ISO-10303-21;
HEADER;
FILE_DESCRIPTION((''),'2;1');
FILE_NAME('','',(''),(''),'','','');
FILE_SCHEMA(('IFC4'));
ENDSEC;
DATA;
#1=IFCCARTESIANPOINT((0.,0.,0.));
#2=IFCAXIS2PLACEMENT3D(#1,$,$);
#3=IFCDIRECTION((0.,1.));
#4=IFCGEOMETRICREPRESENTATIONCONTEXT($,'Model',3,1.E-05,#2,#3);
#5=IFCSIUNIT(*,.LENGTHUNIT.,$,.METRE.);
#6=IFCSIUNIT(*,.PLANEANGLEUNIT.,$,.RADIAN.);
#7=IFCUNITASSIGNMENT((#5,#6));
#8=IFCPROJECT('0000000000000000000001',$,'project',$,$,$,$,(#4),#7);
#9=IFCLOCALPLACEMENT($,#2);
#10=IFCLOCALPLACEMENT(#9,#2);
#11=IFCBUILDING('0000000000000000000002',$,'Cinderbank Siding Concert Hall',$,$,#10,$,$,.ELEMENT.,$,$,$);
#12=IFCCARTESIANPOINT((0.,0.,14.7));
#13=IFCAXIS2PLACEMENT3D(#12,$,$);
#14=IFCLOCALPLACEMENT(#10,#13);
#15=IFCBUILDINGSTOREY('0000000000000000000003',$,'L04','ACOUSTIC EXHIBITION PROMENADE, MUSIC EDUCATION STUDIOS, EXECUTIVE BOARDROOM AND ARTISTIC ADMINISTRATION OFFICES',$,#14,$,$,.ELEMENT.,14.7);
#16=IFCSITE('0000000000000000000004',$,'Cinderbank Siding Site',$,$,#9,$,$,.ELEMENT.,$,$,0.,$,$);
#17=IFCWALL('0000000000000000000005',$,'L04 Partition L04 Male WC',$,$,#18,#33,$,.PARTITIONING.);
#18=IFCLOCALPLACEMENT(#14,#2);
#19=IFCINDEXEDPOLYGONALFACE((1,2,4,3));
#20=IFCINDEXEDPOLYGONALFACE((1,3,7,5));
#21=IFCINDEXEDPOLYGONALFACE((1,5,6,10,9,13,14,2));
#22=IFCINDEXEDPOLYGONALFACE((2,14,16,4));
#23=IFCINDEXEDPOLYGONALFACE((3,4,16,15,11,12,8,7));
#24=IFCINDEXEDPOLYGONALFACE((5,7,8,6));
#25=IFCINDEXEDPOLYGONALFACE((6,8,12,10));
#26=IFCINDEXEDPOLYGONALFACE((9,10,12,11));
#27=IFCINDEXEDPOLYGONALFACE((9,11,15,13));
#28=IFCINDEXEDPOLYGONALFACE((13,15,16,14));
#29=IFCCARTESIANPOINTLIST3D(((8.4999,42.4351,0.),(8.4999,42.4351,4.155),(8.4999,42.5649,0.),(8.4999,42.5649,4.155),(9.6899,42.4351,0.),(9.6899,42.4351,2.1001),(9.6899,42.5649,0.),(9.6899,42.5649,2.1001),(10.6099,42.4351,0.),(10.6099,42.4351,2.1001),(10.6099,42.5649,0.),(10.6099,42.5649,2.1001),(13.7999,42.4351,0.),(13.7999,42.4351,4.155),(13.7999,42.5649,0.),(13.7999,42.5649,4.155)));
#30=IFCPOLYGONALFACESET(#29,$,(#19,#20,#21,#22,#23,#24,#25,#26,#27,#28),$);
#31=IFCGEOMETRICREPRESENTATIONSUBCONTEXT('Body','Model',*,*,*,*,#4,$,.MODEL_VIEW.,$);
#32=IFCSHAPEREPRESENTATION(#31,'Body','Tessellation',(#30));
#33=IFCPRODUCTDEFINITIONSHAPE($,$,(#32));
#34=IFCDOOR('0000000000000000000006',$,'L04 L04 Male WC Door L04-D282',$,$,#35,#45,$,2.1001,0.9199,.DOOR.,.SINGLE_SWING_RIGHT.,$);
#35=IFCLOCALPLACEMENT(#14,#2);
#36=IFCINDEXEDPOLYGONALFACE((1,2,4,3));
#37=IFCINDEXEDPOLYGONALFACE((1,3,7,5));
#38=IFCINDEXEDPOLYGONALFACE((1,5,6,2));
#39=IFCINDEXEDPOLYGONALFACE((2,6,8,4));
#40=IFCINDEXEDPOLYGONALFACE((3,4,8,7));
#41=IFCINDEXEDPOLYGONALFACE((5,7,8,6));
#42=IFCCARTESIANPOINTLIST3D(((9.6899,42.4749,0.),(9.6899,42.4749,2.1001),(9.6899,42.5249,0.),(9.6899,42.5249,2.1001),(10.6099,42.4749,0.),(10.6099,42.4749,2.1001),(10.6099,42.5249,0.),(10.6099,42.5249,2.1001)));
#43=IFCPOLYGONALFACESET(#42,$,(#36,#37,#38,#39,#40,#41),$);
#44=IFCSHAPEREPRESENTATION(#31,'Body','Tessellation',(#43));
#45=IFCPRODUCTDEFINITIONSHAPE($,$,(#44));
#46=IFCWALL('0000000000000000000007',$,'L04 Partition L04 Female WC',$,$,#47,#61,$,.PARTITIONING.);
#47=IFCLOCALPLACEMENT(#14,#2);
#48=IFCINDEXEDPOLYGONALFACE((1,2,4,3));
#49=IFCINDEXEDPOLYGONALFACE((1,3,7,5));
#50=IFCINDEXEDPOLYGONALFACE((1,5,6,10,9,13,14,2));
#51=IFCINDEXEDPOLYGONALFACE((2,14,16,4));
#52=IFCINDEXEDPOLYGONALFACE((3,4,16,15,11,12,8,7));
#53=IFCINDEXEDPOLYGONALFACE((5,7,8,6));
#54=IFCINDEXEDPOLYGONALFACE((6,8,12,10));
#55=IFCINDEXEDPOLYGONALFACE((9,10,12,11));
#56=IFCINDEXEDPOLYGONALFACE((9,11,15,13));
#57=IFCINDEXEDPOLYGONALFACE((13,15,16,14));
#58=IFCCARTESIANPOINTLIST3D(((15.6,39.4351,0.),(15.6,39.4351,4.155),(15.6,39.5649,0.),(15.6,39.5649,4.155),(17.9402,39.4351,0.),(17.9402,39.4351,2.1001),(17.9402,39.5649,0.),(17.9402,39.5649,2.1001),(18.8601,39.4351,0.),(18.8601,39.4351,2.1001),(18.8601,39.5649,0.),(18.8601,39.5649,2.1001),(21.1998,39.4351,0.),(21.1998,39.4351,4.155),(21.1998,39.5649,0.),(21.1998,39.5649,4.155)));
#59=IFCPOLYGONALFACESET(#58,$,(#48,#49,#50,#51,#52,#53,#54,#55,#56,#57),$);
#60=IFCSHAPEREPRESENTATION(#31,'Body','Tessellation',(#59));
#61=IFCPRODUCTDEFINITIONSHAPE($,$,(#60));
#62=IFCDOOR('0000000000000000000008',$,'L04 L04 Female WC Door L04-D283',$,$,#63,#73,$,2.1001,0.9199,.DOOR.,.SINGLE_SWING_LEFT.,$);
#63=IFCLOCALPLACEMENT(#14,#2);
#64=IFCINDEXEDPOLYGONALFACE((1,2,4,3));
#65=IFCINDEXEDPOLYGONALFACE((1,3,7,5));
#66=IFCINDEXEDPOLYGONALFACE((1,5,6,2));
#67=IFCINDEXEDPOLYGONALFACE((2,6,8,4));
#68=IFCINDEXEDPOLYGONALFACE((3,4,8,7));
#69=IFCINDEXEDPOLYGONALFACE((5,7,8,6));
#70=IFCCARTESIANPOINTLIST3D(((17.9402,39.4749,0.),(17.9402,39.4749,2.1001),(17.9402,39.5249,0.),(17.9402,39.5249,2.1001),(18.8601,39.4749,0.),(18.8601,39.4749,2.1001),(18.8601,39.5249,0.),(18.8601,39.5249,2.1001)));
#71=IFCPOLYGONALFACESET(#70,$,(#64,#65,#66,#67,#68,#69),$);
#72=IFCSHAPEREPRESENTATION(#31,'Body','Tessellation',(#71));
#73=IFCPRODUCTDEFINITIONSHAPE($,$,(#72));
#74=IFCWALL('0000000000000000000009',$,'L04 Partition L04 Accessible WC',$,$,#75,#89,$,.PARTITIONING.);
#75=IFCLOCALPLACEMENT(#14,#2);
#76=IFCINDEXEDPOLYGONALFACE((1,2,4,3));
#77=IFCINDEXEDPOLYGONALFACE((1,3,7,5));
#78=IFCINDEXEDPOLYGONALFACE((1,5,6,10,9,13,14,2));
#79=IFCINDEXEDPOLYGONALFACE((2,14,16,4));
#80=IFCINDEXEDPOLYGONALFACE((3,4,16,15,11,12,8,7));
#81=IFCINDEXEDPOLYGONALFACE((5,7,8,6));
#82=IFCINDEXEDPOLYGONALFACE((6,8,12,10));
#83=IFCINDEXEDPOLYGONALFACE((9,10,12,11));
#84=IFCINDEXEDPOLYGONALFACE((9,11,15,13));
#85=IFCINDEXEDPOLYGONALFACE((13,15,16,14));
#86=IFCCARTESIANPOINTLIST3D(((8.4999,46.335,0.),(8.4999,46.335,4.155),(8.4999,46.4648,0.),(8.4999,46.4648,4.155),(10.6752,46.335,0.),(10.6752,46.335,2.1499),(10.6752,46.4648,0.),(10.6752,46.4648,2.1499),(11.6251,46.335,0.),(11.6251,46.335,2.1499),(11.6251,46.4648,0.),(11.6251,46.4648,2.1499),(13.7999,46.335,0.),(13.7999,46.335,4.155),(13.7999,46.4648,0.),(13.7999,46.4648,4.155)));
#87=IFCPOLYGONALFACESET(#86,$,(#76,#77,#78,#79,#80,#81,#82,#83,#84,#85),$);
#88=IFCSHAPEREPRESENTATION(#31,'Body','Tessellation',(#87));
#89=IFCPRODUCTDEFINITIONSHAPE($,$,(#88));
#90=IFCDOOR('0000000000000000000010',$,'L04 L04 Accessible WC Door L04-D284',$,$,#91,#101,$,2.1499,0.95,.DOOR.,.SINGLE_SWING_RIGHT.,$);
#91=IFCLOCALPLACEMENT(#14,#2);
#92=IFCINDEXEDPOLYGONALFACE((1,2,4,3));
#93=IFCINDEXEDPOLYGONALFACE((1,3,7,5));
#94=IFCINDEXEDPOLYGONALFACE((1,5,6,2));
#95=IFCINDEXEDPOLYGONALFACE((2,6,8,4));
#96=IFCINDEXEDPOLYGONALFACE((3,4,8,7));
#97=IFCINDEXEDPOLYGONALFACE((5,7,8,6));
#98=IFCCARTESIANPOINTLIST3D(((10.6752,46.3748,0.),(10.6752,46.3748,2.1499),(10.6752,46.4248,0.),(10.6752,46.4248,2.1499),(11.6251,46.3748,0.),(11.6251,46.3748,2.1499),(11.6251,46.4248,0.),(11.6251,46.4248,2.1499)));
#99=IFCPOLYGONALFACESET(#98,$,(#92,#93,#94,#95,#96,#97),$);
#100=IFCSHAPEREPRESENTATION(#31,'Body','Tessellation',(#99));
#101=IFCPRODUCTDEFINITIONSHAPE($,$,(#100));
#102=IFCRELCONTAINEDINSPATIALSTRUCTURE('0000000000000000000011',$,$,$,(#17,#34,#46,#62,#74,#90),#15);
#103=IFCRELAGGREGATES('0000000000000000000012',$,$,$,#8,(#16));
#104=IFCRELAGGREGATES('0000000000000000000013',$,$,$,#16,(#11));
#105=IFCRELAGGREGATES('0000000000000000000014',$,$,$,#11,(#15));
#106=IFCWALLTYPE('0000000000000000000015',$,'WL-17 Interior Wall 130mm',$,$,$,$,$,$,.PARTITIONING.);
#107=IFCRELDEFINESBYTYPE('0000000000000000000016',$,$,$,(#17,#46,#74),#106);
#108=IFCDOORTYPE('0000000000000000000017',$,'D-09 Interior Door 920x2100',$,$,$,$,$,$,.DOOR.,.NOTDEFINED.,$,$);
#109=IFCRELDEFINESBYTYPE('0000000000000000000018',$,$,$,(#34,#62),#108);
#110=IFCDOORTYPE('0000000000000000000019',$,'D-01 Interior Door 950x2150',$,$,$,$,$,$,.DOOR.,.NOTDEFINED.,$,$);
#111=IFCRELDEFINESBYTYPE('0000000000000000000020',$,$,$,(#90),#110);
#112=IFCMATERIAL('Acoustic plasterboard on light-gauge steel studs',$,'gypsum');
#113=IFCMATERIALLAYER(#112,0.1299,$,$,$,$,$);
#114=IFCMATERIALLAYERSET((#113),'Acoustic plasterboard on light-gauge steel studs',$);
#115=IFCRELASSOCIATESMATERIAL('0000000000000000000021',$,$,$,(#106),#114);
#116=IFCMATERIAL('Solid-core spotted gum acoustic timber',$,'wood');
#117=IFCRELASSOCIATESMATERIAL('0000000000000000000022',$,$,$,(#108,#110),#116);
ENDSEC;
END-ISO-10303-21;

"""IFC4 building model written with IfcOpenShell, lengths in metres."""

from ifc_helpers import new_model, si_unit, direction, frame, frame_2d, origin, place, context, subcontext, project, spatial, rectangle, extrude, material, layer, layer_set, type_object, element, fill, save


model = new_model("IFC4")

# Units and contexts
model_context = context("Model", 3, precision=1e-05, world=origin(), true_north=direction((0.0, 1.0)))
body_context = subcontext(model_context, "Body", "Model", "MODEL_VIEW")
ifc_project = project(units=[si_unit("LENGTHUNIT", "METRE"), si_unit("PLANEANGLEUNIT", "RADIAN")], contexts=[model_context])

# Site, building, storey
site_placement = place(None, origin())
site = spatial("IfcSite", under=ifc_project, at=site_placement, Name="Cinderbank Siding Site", CompositionType="ELEMENT", RefElevation=0.0)
building_placement = place(site_placement, origin())
building = spatial("IfcBuilding", under=site, at=building_placement, Name="Cinderbank Siding Concert Hall", CompositionType="ELEMENT")
storey_placement = place(building_placement, frame((0.0, 0.0, 14.7)))
storey = spatial("IfcBuildingStorey", under=building, at=storey_placement, Name="L04", Description="ACOUSTIC EXHIBITION PROMENADE, MUSIC EDUCATION STUDIOS, EXECUTIVE BOARDROOM AND ARTISTIC ADMINISTRATION OFFICES", CompositionType="ELEMENT", Elevation=14.7)

# Walls, openings, doors
ifc_material_1 = material(Name="Acoustic plasterboard on light-gauge steel studs", Category="gypsum")
ifc_layer_1 = layer(ifc_material_1, 0.1299)
ifc_layer_set_1 = layer_set([ifc_layer_1], Name="Acoustic plasterboard on light-gauge steel studs")
wall_type = type_object("IfcWallType", Name="WL-17 Interior Wall 130mm", PredefinedType="PARTITIONING", material=ifc_layer_set_1)
wall_1_placement = place(storey_placement, frame((8.5, 42.5, 0.0), z_axis=(0.0, 0.0, 1.0), x_axis=(1.0, 0.0, 0.0)))
wall_1 = element("IfcWall", 1, at=wall_1_placement, inside=storey, type_object=wall_type, Name="L04 Partition L04 Male WC", PredefinedType="PARTITIONING", context=body_context, shape_type="SweptSolid", body=[
    extrude(rectangle(XDim=5.3, YDim=0.1299, at=frame_2d((2.6499, 0.0))), origin(), (0.0, 0.0, 1.0), 4.155),
])
opening_1_placement = place(wall_1_placement, frame((1.1899, 0.0, 0.0)))
opening_1 = element("IfcOpeningElement", 2, at=opening_1_placement, cuts=wall_1, PredefinedType="OPENING", context=body_context, shape_type="SweptSolid", body=[
    extrude(rectangle(XDim=0.9199, YDim=2.1001, at=frame_2d((0.46, 1.05))), frame((0.0, 0.0769, 0.0), z_axis=(0.0, -1.0, 0.0), x_axis=(1.0, 0.0, 0.0)), (0.0, 0.0, 1.0), 0.1538),
])
ifc_material_2 = material(Name="Solid-core spotted gum acoustic timber", Category="wood")
door_type_1 = type_object("IfcDoorType", Name="D-09 Interior Door 920x2100", OperationType="NOTDEFINED", PredefinedType="DOOR", material=ifc_material_2)
door_1_placement = place(opening_1_placement, origin())
door_1 = element("IfcDoor", 3, at=door_1_placement, inside=storey, type_object=door_type_1, Name="L04 L04 Male WC Door L04-D282", OperationType="SINGLE_SWING_RIGHT", OverallHeight=2.1001, OverallWidth=0.9199, PredefinedType="DOOR", context=body_context, shape_type="SweptSolid", body=[
    extrude(rectangle(XDim=0.9199, YDim=2.1001, at=frame_2d((0.46, 1.05))), frame((0.0, 0.0249, 0.0), z_axis=(0.0, -1.0, 0.0), x_axis=(1.0, 0.0, 0.0)), (0.0, 0.0, 1.0), 0.05),
])
fill(opening_1, door_1)
wall_2_placement = place(storey_placement, frame((15.6001, 39.5, 0.0), z_axis=(0.0, 0.0, 1.0), x_axis=(1.0, 0.0, 0.0)))
wall_2 = element("IfcWall", 4, at=wall_2_placement, inside=storey, type_object=wall_type, Name="L04 Partition L04 Female WC", PredefinedType="PARTITIONING", context=body_context, shape_type="SweptSolid", body=[
    extrude(rectangle(XDim=5.5999, YDim=0.1299, at=frame_2d((2.7998, 0.0))), origin(), (0.0, 0.0, 1.0), 4.155),
])
opening_2_placement = place(wall_2_placement, frame((2.3401, 0.0, 0.0)))
opening_2 = element("IfcOpeningElement", 5, at=opening_2_placement, cuts=wall_2, PredefinedType="OPENING", context=body_context, shape_type="SweptSolid", body=[
    extrude(rectangle(XDim=0.9199, YDim=2.1001, at=frame_2d((0.46, 1.05))), frame((0.0, 0.0769, 0.0), z_axis=(0.0, -1.0, 0.0), x_axis=(1.0, 0.0, 0.0)), (0.0, 0.0, 1.0), 0.1538),
])
door_2_placement = place(opening_2_placement, origin())
door_2 = element("IfcDoor", 6, at=door_2_placement, inside=storey, type_object=door_type_1, Name="L04 L04 Female WC Door L04-D283", OperationType="SINGLE_SWING_LEFT", OverallHeight=2.1001, OverallWidth=0.9199, PredefinedType="DOOR", context=body_context, shape_type="SweptSolid", body=[
    extrude(rectangle(XDim=0.9199, YDim=2.1001, at=frame_2d((0.46, 1.05))), frame((0.0, 0.0249, 0.0), z_axis=(0.0, -1.0, 0.0), x_axis=(1.0, 0.0, 0.0)), (0.0, 0.0, 1.0), 0.05),
])
fill(opening_2, door_2)
wall_3_placement = place(storey_placement, frame((8.5, 46.3999, 0.0), z_axis=(0.0, 0.0, 1.0), x_axis=(1.0, 0.0, 0.0)))
wall_3 = element("IfcWall", 7, at=wall_3_placement, inside=storey, type_object=wall_type, Name="L04 Partition L04 Accessible WC", PredefinedType="PARTITIONING", context=body_context, shape_type="SweptSolid", body=[
    extrude(rectangle(XDim=5.3, YDim=0.1299, at=frame_2d((2.6499, 0.0))), origin(), (0.0, 0.0, 1.0), 4.155),
])
opening_3_placement = place(wall_3_placement, frame((2.175, 0.0, 0.0)))
opening_3 = element("IfcOpeningElement", 8, at=opening_3_placement, cuts=wall_3, PredefinedType="OPENING", context=body_context, shape_type="SweptSolid", body=[
    extrude(rectangle(XDim=0.95, YDim=2.1499, at=frame_2d((0.4751, 1.075))), frame((0.0, 0.0769, 0.0), z_axis=(0.0, -1.0, 0.0), x_axis=(1.0, 0.0, 0.0)), (0.0, 0.0, 1.0), 0.1538),
])
door_type_2 = type_object("IfcDoorType", Name="D-01 Interior Door 950x2150", OperationType="NOTDEFINED", PredefinedType="DOOR", material=ifc_material_2)
door_3_placement = place(opening_3_placement, origin())
door_3 = element("IfcDoor", 9, at=door_3_placement, inside=storey, type_object=door_type_2, Name="L04 L04 Accessible WC Door L04-D284", OperationType="SINGLE_SWING_RIGHT", OverallHeight=2.1499, OverallWidth=0.95, PredefinedType="DOOR", context=body_context, shape_type="SweptSolid", body=[
    extrude(rectangle(XDim=0.95, YDim=2.1499, at=frame_2d((0.4751, 1.075))), frame((0.0, 0.0249, 0.0), z_axis=(0.0, -1.0, 0.0), x_axis=(1.0, 0.0, 0.0)), (0.0, 0.0, 1.0), 0.05),
])
fill(opening_3, door_3)

save(model, "model.ifc")
